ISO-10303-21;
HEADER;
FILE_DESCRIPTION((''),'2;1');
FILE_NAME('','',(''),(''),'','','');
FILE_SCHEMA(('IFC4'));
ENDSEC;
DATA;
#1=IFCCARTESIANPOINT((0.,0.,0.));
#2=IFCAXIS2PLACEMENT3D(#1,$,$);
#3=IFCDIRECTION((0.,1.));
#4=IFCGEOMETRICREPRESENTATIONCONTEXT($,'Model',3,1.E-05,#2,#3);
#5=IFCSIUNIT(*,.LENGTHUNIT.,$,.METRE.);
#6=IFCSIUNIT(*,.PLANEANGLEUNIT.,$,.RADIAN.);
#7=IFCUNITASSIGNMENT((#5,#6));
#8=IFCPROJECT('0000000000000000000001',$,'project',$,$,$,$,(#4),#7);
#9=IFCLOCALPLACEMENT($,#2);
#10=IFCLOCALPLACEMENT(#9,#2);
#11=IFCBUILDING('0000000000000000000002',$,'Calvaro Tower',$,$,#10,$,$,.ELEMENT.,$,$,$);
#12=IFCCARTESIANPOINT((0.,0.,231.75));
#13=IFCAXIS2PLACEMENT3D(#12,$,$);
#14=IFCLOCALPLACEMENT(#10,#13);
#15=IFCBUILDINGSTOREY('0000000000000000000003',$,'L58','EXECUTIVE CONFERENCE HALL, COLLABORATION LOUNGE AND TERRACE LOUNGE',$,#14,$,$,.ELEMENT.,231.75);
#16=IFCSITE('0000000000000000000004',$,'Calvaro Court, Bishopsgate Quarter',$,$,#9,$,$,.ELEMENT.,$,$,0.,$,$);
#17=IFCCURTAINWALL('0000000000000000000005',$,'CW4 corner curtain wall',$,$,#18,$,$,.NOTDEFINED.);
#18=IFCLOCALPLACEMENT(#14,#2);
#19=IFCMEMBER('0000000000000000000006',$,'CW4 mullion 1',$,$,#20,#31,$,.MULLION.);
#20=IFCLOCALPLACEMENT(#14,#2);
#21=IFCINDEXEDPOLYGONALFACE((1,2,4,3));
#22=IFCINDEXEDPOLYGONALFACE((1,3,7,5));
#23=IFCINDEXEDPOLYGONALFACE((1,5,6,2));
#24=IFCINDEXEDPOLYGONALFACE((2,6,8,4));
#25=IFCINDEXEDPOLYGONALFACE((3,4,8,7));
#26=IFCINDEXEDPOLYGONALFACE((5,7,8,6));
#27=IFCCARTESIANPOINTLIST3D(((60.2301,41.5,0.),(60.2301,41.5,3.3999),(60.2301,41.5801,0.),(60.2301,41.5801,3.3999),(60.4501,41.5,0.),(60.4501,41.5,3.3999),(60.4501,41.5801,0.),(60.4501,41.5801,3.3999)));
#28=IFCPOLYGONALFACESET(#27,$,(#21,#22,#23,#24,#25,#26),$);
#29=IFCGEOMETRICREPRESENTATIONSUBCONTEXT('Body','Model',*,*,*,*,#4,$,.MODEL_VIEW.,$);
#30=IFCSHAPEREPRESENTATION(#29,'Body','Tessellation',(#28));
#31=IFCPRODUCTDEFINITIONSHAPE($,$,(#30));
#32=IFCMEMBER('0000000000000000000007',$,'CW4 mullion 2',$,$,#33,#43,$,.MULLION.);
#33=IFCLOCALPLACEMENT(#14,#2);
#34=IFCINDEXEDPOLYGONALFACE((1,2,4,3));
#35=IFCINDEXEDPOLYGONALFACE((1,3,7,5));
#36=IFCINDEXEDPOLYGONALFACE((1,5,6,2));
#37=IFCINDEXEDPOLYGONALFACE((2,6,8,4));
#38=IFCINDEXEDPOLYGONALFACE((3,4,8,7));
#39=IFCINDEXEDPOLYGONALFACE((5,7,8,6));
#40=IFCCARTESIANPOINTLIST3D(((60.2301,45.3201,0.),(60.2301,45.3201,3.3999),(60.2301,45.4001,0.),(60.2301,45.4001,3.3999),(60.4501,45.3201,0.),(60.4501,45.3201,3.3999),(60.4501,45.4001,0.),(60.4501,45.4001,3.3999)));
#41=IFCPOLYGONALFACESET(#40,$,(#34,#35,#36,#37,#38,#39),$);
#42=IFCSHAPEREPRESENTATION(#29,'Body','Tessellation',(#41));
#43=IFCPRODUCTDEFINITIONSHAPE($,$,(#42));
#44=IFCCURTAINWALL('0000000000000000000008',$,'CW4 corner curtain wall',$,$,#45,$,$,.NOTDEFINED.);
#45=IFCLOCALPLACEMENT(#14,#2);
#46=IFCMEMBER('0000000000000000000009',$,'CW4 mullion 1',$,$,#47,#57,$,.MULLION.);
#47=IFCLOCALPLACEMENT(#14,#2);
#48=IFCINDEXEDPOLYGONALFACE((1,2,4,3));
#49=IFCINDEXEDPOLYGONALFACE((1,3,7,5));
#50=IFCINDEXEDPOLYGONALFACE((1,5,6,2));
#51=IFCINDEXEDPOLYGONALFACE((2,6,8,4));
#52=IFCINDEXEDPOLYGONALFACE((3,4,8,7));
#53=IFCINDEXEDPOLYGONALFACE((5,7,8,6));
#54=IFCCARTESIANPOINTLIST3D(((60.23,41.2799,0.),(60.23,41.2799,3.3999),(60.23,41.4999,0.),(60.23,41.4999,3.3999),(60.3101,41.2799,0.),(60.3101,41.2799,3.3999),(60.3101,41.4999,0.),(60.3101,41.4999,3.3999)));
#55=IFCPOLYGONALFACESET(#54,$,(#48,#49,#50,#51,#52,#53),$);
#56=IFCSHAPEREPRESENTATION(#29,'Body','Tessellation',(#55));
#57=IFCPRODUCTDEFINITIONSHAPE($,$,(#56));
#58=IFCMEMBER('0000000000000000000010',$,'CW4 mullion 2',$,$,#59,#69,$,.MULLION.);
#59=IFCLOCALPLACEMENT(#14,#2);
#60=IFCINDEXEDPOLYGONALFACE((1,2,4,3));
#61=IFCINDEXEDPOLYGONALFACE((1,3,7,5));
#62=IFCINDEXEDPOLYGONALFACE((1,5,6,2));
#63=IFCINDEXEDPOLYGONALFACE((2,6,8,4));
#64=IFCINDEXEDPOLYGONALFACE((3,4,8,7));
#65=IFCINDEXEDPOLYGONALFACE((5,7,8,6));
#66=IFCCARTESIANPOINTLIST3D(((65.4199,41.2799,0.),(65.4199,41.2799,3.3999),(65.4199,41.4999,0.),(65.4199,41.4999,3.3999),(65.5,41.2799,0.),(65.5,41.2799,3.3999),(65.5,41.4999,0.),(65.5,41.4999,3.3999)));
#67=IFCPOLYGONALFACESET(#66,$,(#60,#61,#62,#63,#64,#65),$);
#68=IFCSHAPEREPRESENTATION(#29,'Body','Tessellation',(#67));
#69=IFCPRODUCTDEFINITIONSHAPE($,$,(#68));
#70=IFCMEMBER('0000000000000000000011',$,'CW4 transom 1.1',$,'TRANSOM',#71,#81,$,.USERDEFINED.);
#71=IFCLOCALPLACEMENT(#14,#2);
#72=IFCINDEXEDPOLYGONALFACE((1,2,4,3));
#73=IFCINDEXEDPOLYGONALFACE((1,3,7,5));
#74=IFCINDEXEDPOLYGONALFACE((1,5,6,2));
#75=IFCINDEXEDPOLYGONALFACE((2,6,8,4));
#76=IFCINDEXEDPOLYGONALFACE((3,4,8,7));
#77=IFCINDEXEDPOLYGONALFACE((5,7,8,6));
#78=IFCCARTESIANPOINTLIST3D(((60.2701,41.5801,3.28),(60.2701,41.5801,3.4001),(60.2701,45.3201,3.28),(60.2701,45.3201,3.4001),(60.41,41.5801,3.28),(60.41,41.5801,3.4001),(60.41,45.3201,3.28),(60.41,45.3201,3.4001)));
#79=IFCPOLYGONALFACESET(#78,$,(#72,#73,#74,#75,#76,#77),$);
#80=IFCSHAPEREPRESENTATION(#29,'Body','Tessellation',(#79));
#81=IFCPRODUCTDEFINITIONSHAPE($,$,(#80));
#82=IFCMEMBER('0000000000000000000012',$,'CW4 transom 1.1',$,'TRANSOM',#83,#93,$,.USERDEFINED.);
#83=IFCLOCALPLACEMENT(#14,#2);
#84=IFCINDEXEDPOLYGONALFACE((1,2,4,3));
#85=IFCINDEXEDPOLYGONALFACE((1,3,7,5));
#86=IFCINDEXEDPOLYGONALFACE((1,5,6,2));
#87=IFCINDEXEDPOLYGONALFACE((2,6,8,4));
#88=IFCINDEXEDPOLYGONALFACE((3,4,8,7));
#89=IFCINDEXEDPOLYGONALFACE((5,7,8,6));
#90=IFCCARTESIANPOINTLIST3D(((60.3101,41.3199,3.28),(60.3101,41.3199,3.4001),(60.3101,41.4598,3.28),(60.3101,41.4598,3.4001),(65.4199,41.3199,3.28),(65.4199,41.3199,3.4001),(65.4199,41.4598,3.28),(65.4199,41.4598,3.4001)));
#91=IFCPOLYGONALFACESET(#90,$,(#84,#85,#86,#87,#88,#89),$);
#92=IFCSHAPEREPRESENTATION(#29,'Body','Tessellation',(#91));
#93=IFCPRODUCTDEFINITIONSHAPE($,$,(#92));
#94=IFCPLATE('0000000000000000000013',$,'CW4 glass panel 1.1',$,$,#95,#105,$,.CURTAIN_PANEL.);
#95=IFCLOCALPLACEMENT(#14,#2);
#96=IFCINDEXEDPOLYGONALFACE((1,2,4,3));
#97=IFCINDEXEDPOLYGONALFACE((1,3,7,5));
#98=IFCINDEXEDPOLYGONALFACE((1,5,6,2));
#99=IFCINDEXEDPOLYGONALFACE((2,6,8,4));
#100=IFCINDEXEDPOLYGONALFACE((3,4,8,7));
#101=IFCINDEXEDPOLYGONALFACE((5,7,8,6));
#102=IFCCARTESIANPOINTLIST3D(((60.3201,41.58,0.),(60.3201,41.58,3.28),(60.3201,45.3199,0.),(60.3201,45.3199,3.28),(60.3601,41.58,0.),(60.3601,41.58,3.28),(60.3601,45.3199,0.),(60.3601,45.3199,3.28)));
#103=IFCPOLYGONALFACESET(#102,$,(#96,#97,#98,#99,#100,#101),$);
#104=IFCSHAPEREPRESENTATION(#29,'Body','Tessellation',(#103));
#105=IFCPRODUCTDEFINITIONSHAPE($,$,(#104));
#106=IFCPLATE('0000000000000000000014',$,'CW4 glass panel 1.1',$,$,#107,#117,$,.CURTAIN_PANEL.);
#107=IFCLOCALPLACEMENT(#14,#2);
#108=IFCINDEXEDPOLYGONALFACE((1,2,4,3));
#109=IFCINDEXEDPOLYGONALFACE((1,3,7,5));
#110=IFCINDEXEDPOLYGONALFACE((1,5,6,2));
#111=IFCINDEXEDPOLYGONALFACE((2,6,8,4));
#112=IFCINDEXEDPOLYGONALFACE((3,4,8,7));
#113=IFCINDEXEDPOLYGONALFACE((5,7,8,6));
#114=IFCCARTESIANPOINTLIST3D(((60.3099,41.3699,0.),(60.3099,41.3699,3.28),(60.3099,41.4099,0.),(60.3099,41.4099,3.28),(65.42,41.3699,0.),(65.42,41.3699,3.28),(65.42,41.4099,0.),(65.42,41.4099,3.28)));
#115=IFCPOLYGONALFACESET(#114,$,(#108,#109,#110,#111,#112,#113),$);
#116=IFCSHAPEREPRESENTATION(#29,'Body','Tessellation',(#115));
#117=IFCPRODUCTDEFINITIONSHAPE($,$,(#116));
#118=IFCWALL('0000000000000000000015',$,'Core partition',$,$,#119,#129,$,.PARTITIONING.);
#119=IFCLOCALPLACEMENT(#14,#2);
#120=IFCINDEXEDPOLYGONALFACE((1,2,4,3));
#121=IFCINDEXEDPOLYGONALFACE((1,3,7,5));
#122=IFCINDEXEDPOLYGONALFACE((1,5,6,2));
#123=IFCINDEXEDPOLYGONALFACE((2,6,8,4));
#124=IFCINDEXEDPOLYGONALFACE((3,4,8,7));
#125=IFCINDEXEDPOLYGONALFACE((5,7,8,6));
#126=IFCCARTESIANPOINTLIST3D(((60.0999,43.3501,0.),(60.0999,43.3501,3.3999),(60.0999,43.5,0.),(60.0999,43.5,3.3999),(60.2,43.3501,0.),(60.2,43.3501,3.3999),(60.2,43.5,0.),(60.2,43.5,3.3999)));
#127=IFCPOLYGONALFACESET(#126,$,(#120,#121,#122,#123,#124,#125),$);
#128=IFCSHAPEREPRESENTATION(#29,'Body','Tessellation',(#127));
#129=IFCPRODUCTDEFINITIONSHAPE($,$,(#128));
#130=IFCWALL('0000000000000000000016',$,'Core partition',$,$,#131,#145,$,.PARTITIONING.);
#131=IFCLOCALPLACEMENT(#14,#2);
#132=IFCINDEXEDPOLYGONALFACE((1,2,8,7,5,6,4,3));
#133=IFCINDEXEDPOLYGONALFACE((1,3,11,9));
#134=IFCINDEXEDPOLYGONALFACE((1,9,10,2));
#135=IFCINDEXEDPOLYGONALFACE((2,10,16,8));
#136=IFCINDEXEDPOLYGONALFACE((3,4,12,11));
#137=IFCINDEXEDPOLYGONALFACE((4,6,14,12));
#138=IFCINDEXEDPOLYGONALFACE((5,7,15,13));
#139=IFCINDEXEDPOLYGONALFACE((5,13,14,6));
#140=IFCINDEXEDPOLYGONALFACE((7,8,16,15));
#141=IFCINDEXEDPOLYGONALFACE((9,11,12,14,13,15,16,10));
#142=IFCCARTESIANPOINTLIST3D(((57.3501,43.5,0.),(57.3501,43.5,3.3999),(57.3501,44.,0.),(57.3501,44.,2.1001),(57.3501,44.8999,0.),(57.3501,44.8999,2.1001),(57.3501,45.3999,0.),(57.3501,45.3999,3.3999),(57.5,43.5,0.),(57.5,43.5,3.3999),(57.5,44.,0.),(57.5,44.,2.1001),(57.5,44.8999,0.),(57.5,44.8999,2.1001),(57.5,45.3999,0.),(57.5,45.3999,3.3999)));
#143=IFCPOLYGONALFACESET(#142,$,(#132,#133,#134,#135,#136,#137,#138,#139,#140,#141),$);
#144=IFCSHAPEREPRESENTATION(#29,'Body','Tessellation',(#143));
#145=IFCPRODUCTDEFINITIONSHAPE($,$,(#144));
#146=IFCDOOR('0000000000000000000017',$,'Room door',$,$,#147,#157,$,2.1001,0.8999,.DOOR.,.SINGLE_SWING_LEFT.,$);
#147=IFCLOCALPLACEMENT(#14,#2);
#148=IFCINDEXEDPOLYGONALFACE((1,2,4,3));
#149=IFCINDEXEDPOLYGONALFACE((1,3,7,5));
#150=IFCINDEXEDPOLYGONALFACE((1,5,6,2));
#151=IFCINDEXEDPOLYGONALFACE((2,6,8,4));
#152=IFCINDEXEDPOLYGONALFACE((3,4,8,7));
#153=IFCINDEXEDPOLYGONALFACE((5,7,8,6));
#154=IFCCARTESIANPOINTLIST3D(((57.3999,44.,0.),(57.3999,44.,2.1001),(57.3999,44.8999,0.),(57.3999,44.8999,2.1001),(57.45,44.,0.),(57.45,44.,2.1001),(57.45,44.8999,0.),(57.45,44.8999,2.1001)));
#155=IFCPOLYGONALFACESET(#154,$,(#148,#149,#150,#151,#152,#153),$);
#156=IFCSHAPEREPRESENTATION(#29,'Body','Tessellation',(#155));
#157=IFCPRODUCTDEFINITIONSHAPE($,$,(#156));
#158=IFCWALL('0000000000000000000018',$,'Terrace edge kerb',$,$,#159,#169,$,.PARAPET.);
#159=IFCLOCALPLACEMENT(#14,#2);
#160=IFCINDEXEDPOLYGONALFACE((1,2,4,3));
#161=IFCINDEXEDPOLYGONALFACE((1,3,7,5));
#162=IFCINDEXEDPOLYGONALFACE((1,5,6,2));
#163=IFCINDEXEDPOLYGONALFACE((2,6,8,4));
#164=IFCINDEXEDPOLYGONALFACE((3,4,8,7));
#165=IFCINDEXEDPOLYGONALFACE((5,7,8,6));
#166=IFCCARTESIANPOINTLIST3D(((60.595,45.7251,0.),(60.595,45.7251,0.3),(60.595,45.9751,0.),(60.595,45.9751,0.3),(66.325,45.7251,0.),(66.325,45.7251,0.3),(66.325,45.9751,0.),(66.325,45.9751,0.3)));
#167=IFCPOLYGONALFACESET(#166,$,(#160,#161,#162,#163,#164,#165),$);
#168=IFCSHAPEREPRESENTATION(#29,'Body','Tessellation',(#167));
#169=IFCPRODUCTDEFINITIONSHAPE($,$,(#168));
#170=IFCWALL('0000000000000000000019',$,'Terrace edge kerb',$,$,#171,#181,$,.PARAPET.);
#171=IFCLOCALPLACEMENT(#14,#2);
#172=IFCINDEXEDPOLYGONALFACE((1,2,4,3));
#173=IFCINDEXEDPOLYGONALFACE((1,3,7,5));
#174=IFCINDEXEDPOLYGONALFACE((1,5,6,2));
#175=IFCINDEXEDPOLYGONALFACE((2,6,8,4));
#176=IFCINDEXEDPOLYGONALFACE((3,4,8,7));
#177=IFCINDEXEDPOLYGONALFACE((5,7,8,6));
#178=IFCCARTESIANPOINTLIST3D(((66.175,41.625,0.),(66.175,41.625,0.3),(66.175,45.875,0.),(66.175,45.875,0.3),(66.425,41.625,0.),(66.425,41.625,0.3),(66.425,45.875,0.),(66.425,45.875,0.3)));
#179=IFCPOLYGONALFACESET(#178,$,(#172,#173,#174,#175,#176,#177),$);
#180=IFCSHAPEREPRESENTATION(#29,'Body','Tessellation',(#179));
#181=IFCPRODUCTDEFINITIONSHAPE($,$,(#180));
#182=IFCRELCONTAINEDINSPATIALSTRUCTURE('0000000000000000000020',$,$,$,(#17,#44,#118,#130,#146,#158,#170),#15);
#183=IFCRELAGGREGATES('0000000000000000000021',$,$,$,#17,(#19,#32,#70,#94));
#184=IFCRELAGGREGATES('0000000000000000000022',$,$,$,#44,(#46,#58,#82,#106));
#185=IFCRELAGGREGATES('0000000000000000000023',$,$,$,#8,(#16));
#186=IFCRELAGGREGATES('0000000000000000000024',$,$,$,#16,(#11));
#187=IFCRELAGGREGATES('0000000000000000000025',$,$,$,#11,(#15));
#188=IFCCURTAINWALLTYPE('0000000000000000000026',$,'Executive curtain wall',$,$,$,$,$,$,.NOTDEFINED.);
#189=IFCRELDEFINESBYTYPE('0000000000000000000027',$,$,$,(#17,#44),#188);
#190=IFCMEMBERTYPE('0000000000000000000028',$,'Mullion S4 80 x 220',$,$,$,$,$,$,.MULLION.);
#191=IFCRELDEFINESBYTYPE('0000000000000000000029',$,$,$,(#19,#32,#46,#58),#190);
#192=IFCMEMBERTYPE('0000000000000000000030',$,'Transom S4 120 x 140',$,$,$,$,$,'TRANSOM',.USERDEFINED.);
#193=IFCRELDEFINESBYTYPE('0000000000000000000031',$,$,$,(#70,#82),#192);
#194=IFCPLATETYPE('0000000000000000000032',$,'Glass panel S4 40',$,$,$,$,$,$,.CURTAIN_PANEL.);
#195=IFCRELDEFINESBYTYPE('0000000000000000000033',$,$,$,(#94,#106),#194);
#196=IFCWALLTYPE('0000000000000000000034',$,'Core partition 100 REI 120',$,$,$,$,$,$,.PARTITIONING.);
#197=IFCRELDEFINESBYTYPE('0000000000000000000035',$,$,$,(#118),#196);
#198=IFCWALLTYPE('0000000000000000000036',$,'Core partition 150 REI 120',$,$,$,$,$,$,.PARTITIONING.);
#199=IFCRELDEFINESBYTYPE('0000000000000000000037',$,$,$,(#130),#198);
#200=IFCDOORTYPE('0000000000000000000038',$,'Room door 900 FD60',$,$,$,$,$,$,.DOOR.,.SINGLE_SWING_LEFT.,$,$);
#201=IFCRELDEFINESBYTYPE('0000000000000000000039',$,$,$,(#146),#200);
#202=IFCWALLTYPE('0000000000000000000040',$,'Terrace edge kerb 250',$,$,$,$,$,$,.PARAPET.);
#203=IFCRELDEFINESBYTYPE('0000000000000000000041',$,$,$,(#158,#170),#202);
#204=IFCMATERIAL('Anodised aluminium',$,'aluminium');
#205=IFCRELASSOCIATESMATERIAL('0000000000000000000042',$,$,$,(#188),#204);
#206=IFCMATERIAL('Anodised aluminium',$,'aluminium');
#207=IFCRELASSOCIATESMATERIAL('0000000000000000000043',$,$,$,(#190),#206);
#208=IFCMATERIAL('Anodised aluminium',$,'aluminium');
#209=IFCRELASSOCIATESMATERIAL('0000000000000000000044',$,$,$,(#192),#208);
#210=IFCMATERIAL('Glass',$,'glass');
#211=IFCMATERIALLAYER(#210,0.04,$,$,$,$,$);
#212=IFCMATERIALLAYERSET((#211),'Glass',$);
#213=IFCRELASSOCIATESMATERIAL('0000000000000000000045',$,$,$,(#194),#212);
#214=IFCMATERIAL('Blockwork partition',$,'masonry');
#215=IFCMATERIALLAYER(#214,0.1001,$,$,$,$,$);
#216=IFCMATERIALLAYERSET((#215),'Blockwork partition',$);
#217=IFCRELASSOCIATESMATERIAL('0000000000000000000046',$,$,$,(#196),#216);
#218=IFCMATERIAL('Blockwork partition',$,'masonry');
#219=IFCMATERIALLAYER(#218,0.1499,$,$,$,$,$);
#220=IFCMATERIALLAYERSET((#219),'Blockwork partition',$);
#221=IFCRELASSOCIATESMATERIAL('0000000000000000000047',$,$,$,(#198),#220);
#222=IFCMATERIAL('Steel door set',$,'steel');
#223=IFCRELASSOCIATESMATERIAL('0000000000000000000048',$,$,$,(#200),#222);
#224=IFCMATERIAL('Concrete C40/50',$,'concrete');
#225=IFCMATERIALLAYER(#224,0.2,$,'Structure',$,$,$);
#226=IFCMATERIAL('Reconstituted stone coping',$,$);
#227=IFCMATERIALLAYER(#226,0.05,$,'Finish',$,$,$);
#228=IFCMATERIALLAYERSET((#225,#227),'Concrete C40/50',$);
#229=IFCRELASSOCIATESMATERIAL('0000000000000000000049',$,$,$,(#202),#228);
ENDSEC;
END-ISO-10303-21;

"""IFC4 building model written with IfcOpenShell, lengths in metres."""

from ifc_helpers import new_model, si_unit, direction, frame, frame_2d, origin, origin_2d, place, context, subcontext, project, spatial, rectangle, extrude, material, layer, layer_set, material_profile, profile_set, type_object, element, fill, aggregate, save


model = new_model("IFC4")

# Units and contexts
model_context = context("Model", 3, precision=1e-05, world=origin(), true_north=direction((0.0, 1.0)))
body_context = subcontext(model_context, "Body", "Model", "MODEL_VIEW")
ifc_project = project(units=[si_unit("LENGTHUNIT", "METRE"), si_unit("PLANEANGLEUNIT", "RADIAN")], contexts=[model_context])

# Site, building, storey
site_placement = place(None, origin())
site = spatial("IfcSite", under=ifc_project, at=site_placement, Name="Calvaro Court, Bishopsgate Quarter", CompositionType="ELEMENT", RefElevation=0.0)
building_placement = place(site_placement, origin())
building = spatial("IfcBuilding", under=site, at=building_placement, Name="Calvaro Tower", CompositionType="ELEMENT")
storey_placement = place(building_placement, frame((0.0, 0.0, 231.75)))
storey = spatial("IfcBuildingStorey", under=building, at=storey_placement, Name="L58", Description="EXECUTIVE CONFERENCE HALL, COLLABORATION LOUNGE AND TERRACE LOUNGE", CompositionType="ELEMENT", Elevation=231.75)

# Curtain walls, members
ifc_material_1 = material(Name="Anodised aluminium", Category="aluminium")
curtain_wall_type = type_object("IfcCurtainWallType", Name="Executive curtain wall", PredefinedType="NOTDEFINED", material=ifc_material_1)
curtain_wall_1_placement = place(storey_placement, origin())
curtain_wall_1 = element("IfcCurtainWall", 1, at=curtain_wall_1_placement, inside=storey, type_object=curtain_wall_type, Name="CW4 corner curtain wall", PredefinedType="NOTDEFINED")
ifc_material_2 = material(Name="Anodised aluminium", Category="aluminium")
ifc_material_profile_1 = material_profile(ifc_material_2, rectangle(XDim=0.22, YDim=0.0801, at=origin_2d()), Name="Mullion S4 80 x 220")
ifc_profile_set_1 = profile_set([ifc_material_profile_1], Name="Anodised aluminium")
member_type_1 = type_object("IfcMemberType", Name="Mullion S4 80 x 220", PredefinedType="MULLION", material=ifc_profile_set_1)
member_1_placement = place(storey_placement, frame((60.3401, 41.54, 0.0), z_axis=(0.0, 0.0, 1.0), x_axis=(-1.0, 0.0, 0.0)))
member_1 = element("IfcMember", 2, at=member_1_placement, type_object=member_type_1, Name="CW4 mullion 1", PredefinedType="MULLION", context=body_context, shape_type="SweptSolid", body=[
    extrude(rectangle(XDim=0.22, YDim=0.0801, at=origin_2d()), origin(), (0.0, 0.0, 1.0), 3.3999),
])
member_2_placement = place(storey_placement, frame((60.3401, 45.3601, 0.0), z_axis=(0.0, 0.0, 1.0), x_axis=(-1.0, 0.0, 0.0)))
member_2 = element("IfcMember", 3, at=member_2_placement, type_object=member_type_1, Name="CW4 mullion 2", PredefinedType="MULLION", context=body_context, shape_type="SweptSolid", body=[
    extrude(rectangle(XDim=0.22, YDim=0.0801, at=origin_2d()), origin(), (0.0, 0.0, 1.0), 3.3999),
])
curtain_wall_2_placement = place(storey_placement, origin())
curtain_wall_2 = element("IfcCurtainWall", 4, at=curtain_wall_2_placement, inside=storey, type_object=curtain_wall_type, Name="CW4 corner curtain wall", PredefinedType="NOTDEFINED")
member_3_placement = place(storey_placement, frame((60.27, 41.3899, 0.0), z_axis=(0.0, 0.0, 1.0), x_axis=(0.0, 1.0, 0.0)))
member_3 = element("IfcMember", 5, at=member_3_placement, type_object=member_type_1, Name="CW4 mullion 1", PredefinedType="MULLION", context=body_context, shape_type="SweptSolid", body=[
    extrude(rectangle(XDim=0.22, YDim=0.0801, at=origin_2d()), origin(), (0.0, 0.0, 1.0), 3.3999),
])
member_4_placement = place(storey_placement, frame((65.46, 41.3899, 0.0), z_axis=(0.0, 0.0, 1.0), x_axis=(0.0, 1.0, 0.0)))
member_4 = element("IfcMember", 6, at=member_4_placement, type_object=member_type_1, Name="CW4 mullion 2", PredefinedType="MULLION", context=body_context, shape_type="SweptSolid", body=[
    extrude(rectangle(XDim=0.22, YDim=0.0801, at=origin_2d()), origin(), (0.0, 0.0, 1.0), 3.3999),
])

# Members
ifc_material_3 = material(Name="Anodised aluminium", Category="aluminium")
ifc_material_profile_2 = material_profile(ifc_material_3, rectangle(XDim=0.1399, YDim=0.1201, at=origin_2d()), Name="Transom S4 120 x 140")
ifc_profile_set_2 = profile_set([ifc_material_profile_2], Name="Anodised aluminium")
member_type_2 = type_object("IfcMemberType", Name="Transom S4 120 x 140", ElementType="TRANSOM", PredefinedType="USERDEFINED", material=ifc_profile_set_2)
member_5_placement = place(storey_placement, frame((60.3401, 41.5801, 3.3401), z_axis=(0.0, 1.0, 0.0), x_axis=(-1.0, 0.0, 0.0)))
member_5 = element("IfcMember", 7, at=member_5_placement, type_object=member_type_2, Name="CW4 transom 1.1", ObjectType="TRANSOM", PredefinedType="USERDEFINED", context=body_context, shape_type="SweptSolid", body=[
    extrude(rectangle(XDim=0.1399, YDim=0.1201, at=origin_2d()), origin(), (0.0, 0.0, 1.0), 3.74),
])
member_6_placement = place(storey_placement, frame((60.3101, 41.3899, 3.3401), z_axis=(1.0, 0.0, 0.0), x_axis=(0.0, 1.0, 0.0)))
member_6 = element("IfcMember", 8, at=member_6_placement, type_object=member_type_2, Name="CW4 transom 1.1", ObjectType="TRANSOM", PredefinedType="USERDEFINED", context=body_context, shape_type="SweptSolid", body=[
    extrude(rectangle(XDim=0.1399, YDim=0.1201, at=origin_2d()), origin(), (0.0, 0.0, 1.0), 5.1099),
])

# Plates
ifc_material_4 = material(Name="Glass", Category="glass")
ifc_layer_1 = layer(ifc_material_4, 0.04)
ifc_layer_set_1 = layer_set([ifc_layer_1], Name="Glass")
plate_type = type_object("IfcPlateType", Name="Glass panel S4 40", PredefinedType="CURTAIN_PANEL", material=ifc_layer_set_1)
plate_1_placement = place(storey_placement, frame((60.3401, 43.45, 0.0), z_axis=(0.0, 0.0, 1.0), x_axis=(0.0, 1.0, 0.0)))
plate_1 = element("IfcPlate", 9, at=plate_1_placement, type_object=plate_type, Name="CW4 glass panel 1.1", PredefinedType="CURTAIN_PANEL", context=body_context, shape_type="SweptSolid", body=[
    extrude(rectangle(XDim=3.74, YDim=0.04, at=origin_2d()), origin(), (0.0, 0.0, 1.0), 3.28),
])
aggregate(curtain_wall_1, [member_1, member_2, member_5, plate_1])
plate_2_placement = place(storey_placement, frame((62.865, 41.3899, 0.0), z_axis=(0.0, 0.0, 1.0), x_axis=(1.0, 0.0, 0.0)))
plate_2 = element("IfcPlate", 10, at=plate_2_placement, type_object=plate_type, Name="CW4 glass panel 1.1", PredefinedType="CURTAIN_PANEL", context=body_context, shape_type="SweptSolid", body=[
    extrude(rectangle(XDim=5.1101, YDim=0.04, at=origin_2d()), origin(), (0.0, 0.0, 1.0), 3.28),
])
aggregate(curtain_wall_2, [member_3, member_4, member_6, plate_2])

# Wall
ifc_material_5 = material(Name="Blockwork partition", Category="masonry")
ifc_layer_2 = layer(ifc_material_5, 0.1001)
ifc_layer_set_2 = layer_set([ifc_layer_2], Name="Blockwork partition")
wall_type_1 = type_object("IfcWallType", Name="Core partition 100 REI 120", PredefinedType="PARTITIONING", material=ifc_layer_set_2)
wall_1_placement = place(storey_placement, frame((60.1499, 43.3501, 0.0), z_axis=(0.0, 0.0, 1.0), x_axis=(0.0, 1.0, 0.0)))
element("IfcWall", 11, at=wall_1_placement, inside=storey, type_object=wall_type_1, Name="Core partition", PredefinedType="PARTITIONING", context=body_context, shape_type="SweptSolid", body=[
    extrude(rectangle(XDim=0.1499, YDim=0.1001, at=frame_2d((0.075, 0.0))), origin(), (0.0, 0.0, 1.0), 3.3999),
])

# Wall, opening, door
ifc_material_6 = material(Name="Blockwork partition", Category="masonry")
ifc_layer_3 = layer(ifc_material_6, 0.1499)
ifc_layer_set_3 = layer_set([ifc_layer_3], Name="Blockwork partition")
wall_type_2 = type_object("IfcWallType", Name="Core partition 150 REI 120", PredefinedType="PARTITIONING", material=ifc_layer_set_3)
wall_2_placement = place(storey_placement, frame((57.425, 45.3999, 0.0), z_axis=(0.0, 0.0, 1.0), x_axis=(0.0, -1.0, 0.0)))
wall_2 = element("IfcWall", 12, at=wall_2_placement, inside=storey, type_object=wall_type_2, Name="Core partition", PredefinedType="PARTITIONING", context=body_context, shape_type="SweptSolid", body=[
    extrude(rectangle(XDim=1.8999, YDim=0.1499, at=frame_2d((0.95, 0.0))), origin(), (0.0, 0.0, 1.0), 3.3999),
])
opening_placement = place(wall_2_placement, frame((0.5, 0.0, 0.0)))
opening = element("IfcOpeningElement", 13, at=opening_placement, cuts=wall_2, PredefinedType="OPENING", context=body_context, shape_type="SweptSolid", body=[
    extrude(rectangle(XDim=0.8999, YDim=2.1001, at=frame_2d((0.45, 1.05))), frame((0.0, 0.085, 0.0), z_axis=(0.0, -1.0, 0.0), x_axis=(1.0, 0.0, 0.0)), (0.0, 0.0, 1.0), 0.1699),
])
ifc_material_7 = material(Name="Steel door set", Category="steel")
door_type = type_object("IfcDoorType", Name="Room door 900 FD60", OperationType="SINGLE_SWING_LEFT", PredefinedType="DOOR", material=ifc_material_7)
door_placement = place(opening_placement, origin())
door = element("IfcDoor", 14, at=door_placement, inside=storey, type_object=door_type, Name="Room door", OperationType="SINGLE_SWING_LEFT", OverallHeight=2.1001, OverallWidth=0.8999, PredefinedType="DOOR", context=body_context, shape_type="SweptSolid", body=[
    extrude(rectangle(XDim=0.8999, YDim=2.1001, at=frame_2d((0.45, 1.05))), frame((0.0, 0.0249, 0.0), z_axis=(0.0, -1.0, 0.0), x_axis=(1.0, 0.0, 0.0)), (0.0, 0.0, 1.0), 0.05),
])
fill(opening, door)

# Walls
ifc_material_8 = material(Name="Concrete C40/50", Category="concrete")
ifc_layer_4 = layer(ifc_material_8, 0.2, Name="Structure")
ifc_material_9 = material(Name="Reconstituted stone coping")
ifc_layer_5 = layer(ifc_material_9, 0.05, Name="Finish")
ifc_layer_set_4 = layer_set([ifc_layer_4, ifc_layer_5], Name="Concrete C40/50")
wall_type_3 = type_object("IfcWallType", Name="Terrace edge kerb 250", PredefinedType="PARAPET", material=ifc_layer_set_4)
wall_3_placement = place(storey_placement, frame((60.595, 45.8501, 0.0), z_axis=(0.0, 0.0, 1.0), x_axis=(1.0, 0.0, 0.0)))
element("IfcWall", 15, at=wall_3_placement, inside=storey, type_object=wall_type_3, Name="Terrace edge kerb", PredefinedType="PARAPET", context=body_context, shape_type="SweptSolid", body=[
    extrude(rectangle(XDim=5.73, YDim=0.25, at=frame_2d((2.865, 0.0))), origin(), (0.0, 0.0, 1.0), 0.3),
])
wall_4_placement = place(storey_placement, frame((66.3, 45.875, 0.0), z_axis=(0.0, 0.0, 1.0), x_axis=(0.0, -1.0, 0.0)))
element("IfcWall", 16, at=wall_4_placement, inside=storey, type_object=wall_type_3, Name="Terrace edge kerb", PredefinedType="PARAPET", context=body_context, shape_type="SweptSolid", body=[
    extrude(rectangle(XDim=4.25, YDim=0.25, at=frame_2d((2.125, 0.0))), origin(), (0.0, 0.0, 1.0), 0.3),
])

save(model, "model.ifc")
